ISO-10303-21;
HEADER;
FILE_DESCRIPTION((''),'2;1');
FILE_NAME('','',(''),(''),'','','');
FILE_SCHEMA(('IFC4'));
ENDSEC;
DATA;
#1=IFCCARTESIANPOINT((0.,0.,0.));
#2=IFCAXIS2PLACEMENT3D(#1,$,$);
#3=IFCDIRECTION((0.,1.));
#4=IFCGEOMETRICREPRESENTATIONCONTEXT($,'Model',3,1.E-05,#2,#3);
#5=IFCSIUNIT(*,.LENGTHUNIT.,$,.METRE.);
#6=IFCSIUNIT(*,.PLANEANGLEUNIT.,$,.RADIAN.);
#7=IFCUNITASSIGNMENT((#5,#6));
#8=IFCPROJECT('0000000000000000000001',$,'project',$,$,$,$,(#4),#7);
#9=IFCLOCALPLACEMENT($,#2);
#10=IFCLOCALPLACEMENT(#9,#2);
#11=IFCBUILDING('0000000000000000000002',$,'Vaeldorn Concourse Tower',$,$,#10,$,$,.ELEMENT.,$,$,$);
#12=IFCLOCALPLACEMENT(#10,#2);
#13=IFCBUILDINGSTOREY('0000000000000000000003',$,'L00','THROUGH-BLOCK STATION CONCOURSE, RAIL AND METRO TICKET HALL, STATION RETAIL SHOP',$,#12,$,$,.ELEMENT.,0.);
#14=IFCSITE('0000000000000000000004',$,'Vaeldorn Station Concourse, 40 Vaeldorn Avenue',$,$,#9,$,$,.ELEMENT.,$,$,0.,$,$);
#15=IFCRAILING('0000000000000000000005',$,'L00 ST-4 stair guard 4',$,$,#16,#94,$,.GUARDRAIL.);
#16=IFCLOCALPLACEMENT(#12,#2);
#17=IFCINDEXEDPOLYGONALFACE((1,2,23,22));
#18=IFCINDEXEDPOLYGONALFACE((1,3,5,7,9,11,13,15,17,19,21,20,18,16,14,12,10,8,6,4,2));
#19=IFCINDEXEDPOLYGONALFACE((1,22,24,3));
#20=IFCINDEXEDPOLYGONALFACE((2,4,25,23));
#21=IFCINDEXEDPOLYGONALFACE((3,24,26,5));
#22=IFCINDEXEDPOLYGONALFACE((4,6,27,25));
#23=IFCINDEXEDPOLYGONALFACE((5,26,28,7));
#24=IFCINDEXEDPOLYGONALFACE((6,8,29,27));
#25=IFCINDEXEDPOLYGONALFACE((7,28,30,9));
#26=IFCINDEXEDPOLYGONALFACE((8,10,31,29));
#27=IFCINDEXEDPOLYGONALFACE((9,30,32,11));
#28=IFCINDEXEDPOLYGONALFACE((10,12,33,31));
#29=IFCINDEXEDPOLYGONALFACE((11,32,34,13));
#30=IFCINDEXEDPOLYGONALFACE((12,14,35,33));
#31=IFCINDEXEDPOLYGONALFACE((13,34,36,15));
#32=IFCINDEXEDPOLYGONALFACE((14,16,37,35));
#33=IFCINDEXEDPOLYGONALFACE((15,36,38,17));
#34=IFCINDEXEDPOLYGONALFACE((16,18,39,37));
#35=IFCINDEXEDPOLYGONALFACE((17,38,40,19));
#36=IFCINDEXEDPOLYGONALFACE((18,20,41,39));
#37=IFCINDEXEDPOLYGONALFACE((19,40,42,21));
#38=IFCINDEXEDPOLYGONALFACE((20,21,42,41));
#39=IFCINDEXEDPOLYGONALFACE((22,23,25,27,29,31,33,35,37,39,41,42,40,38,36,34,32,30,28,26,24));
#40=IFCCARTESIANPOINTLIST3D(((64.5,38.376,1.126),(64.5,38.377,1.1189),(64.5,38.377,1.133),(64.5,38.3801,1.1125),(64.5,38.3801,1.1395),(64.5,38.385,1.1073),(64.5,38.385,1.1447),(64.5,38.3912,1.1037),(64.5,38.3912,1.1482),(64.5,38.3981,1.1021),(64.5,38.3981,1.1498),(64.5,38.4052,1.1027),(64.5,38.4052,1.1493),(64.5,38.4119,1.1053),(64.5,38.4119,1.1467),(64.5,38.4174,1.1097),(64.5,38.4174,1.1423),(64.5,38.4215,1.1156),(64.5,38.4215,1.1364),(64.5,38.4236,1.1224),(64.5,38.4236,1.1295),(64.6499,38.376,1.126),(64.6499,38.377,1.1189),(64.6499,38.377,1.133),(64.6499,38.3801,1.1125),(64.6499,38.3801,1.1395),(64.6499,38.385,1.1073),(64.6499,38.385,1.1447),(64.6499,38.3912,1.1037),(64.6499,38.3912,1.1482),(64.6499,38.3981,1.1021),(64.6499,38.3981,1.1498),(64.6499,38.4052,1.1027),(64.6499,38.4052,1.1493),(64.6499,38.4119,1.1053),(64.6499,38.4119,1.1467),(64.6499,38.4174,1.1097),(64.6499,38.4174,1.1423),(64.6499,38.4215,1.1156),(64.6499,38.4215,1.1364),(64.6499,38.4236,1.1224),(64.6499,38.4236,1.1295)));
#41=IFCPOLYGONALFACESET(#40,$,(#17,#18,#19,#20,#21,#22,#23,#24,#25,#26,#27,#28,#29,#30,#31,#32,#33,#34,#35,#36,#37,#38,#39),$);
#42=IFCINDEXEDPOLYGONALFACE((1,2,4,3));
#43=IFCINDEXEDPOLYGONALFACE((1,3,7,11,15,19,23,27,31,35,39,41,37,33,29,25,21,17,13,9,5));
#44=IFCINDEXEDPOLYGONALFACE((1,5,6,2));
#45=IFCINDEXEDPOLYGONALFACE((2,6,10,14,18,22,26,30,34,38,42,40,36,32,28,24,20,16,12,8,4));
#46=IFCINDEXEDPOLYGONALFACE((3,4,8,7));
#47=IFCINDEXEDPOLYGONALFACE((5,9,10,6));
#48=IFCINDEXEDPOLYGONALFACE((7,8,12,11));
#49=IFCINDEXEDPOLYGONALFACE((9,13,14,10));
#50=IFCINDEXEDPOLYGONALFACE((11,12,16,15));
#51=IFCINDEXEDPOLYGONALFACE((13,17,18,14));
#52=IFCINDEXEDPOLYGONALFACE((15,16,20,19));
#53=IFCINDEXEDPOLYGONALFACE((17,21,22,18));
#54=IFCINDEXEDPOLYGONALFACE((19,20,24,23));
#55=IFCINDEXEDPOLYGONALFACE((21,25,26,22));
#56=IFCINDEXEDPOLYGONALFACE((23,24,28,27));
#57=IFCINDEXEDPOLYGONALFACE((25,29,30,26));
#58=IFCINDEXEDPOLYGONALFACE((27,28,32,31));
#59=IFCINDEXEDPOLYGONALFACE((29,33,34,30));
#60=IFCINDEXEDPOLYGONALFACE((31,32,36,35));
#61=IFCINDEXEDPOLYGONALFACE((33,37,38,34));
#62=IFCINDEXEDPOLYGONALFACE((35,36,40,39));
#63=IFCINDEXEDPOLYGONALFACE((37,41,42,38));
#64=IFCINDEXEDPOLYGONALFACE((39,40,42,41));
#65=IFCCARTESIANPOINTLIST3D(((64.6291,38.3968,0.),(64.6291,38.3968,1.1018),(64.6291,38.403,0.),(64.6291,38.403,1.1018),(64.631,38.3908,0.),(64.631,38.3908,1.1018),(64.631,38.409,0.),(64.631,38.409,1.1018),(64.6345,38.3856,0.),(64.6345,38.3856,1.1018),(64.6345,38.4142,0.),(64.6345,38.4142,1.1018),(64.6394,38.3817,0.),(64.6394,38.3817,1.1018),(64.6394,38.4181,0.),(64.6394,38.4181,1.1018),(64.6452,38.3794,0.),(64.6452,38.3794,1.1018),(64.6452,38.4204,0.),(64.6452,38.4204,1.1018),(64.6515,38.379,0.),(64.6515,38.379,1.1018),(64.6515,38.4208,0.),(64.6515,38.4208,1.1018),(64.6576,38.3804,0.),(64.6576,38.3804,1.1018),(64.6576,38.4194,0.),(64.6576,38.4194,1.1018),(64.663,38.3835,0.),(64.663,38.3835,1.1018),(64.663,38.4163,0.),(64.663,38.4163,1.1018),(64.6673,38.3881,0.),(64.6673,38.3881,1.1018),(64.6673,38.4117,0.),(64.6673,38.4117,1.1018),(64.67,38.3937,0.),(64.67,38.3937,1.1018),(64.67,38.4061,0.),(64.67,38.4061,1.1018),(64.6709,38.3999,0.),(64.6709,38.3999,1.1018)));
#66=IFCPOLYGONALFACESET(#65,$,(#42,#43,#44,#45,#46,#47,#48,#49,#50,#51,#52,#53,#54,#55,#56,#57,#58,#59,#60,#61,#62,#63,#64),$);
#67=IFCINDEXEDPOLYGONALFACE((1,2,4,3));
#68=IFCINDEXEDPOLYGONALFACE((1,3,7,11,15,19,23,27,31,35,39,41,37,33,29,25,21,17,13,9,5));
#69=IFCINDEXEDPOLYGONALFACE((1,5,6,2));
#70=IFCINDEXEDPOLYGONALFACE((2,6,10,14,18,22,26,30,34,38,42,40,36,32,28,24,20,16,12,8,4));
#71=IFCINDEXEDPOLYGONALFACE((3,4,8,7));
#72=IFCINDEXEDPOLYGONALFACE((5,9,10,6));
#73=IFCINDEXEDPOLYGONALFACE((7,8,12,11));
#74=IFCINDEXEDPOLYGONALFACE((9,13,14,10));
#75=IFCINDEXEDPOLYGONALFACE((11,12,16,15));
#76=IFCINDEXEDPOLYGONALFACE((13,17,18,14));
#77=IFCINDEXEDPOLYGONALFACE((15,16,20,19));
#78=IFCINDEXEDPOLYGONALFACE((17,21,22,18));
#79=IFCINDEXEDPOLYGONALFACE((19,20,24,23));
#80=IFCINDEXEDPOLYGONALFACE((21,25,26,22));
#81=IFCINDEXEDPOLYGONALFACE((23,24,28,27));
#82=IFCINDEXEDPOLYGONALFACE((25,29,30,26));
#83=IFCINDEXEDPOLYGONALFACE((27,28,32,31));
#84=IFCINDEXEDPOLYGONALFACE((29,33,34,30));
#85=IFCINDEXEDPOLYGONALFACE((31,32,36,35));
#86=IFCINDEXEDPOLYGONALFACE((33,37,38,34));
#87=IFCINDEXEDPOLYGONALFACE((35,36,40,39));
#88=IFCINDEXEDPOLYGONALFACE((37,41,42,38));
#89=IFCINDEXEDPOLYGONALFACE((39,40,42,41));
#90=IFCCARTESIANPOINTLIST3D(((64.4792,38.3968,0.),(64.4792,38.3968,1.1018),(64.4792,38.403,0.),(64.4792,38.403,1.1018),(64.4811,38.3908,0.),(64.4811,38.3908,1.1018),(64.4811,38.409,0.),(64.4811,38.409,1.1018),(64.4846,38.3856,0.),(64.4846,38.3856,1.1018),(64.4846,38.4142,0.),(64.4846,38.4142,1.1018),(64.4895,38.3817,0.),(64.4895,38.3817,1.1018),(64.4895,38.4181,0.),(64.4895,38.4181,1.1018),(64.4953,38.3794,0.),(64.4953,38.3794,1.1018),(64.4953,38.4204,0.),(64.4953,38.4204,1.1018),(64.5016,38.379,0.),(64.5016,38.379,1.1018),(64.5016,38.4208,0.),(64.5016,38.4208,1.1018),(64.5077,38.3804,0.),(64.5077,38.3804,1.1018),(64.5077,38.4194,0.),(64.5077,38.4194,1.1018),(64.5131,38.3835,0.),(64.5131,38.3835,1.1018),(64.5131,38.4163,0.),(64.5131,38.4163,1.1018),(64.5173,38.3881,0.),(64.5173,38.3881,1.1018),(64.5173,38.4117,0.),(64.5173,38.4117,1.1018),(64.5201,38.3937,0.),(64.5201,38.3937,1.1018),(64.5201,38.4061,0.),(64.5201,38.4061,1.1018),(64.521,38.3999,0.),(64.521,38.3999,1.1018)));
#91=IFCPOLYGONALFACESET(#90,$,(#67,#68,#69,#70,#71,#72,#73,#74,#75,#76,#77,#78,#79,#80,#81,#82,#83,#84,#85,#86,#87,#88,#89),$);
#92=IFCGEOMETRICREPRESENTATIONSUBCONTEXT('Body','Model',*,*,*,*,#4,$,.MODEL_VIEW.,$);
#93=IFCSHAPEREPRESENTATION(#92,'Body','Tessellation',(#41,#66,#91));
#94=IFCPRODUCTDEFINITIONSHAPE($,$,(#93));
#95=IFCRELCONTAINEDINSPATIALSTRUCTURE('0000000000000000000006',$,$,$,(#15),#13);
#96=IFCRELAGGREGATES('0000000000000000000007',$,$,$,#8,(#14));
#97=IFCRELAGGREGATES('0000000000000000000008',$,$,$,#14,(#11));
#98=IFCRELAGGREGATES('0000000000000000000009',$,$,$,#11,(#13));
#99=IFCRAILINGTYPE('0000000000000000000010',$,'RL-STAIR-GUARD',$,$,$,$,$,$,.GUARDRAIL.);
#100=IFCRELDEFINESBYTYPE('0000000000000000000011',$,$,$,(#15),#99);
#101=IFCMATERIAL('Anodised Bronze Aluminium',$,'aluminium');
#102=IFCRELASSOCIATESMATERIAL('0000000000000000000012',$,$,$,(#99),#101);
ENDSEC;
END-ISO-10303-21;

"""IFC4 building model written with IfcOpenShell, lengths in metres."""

from ifc_helpers import new_model, si_unit, direction, frame, origin, origin_2d, place, context, subcontext, project, spatial, circle, extrude, material, type_object, element, save


model = new_model("IFC4")

# Units and contexts
model_context = context("Model", 3, precision=1e-05, world=origin(), true_north=direction((0.0, 1.0)))
body_context = subcontext(model_context, "Body", "Model", "MODEL_VIEW")
ifc_project = project(units=[si_unit("LENGTHUNIT", "METRE"), si_unit("PLANEANGLEUNIT", "RADIAN")], contexts=[model_context])

# Site, building, storey
site_placement = place(None, origin())
site = spatial("IfcSite", under=ifc_project, at=site_placement, Name="Vaeldorn Station Concourse, 40 Vaeldorn Avenue", CompositionType="ELEMENT", RefElevation=0.0)
building_placement = place(site_placement, origin())
building = spatial("IfcBuilding", under=site, at=building_placement, Name="Vaeldorn Concourse Tower", CompositionType="ELEMENT")
storey_placement = place(building_placement, origin())
storey = spatial("IfcBuildingStorey", under=building, at=storey_placement, Name="L00", Description="THROUGH-BLOCK STATION CONCOURSE, RAIL AND METRO TICKET HALL, STATION RETAIL SHOP", CompositionType="ELEMENT", Elevation=0.0)

# Shared definitions
ifc_material_1 = material(Name="Anodised Bronze Aluminium", Category="aluminium")

# Railing
railing_type_1 = type_object("IfcRailingType", Name="RL-STAIR-GUARD", PredefinedType="GUARDRAIL", material=ifc_material_1)
railing_1_placement = place(storey_placement, frame((64.6499, 38.3999, 0.0)))
element("IfcRailing", 1, at=railing_1_placement, inside=storey, type_object=railing_type_1, Name="L00 ST-4 stair guard 4", PredefinedType="GUARDRAIL", context=body_context, shape_type="SweptSolid", body=[
    extrude(circle(Radius=0.0239, at=origin_2d()), frame((0.0, 0.0, 1.126), z_axis=(-1.0, 0.0, 0.0), x_axis=(0.0, -1.0, 0.0)), (0.0, 0.0, 1.0), 0.1499),
    extrude(circle(Radius=0.021, at=origin_2d()), origin(), (0.0, 0.0, 1.0), 1.1018),
    extrude(circle(Radius=0.021, at=origin_2d()), frame((-0.1499, 0.0, 0.0)), (0.0, 0.0, 1.0), 1.1018),
])

save(model, "model.ifc")
